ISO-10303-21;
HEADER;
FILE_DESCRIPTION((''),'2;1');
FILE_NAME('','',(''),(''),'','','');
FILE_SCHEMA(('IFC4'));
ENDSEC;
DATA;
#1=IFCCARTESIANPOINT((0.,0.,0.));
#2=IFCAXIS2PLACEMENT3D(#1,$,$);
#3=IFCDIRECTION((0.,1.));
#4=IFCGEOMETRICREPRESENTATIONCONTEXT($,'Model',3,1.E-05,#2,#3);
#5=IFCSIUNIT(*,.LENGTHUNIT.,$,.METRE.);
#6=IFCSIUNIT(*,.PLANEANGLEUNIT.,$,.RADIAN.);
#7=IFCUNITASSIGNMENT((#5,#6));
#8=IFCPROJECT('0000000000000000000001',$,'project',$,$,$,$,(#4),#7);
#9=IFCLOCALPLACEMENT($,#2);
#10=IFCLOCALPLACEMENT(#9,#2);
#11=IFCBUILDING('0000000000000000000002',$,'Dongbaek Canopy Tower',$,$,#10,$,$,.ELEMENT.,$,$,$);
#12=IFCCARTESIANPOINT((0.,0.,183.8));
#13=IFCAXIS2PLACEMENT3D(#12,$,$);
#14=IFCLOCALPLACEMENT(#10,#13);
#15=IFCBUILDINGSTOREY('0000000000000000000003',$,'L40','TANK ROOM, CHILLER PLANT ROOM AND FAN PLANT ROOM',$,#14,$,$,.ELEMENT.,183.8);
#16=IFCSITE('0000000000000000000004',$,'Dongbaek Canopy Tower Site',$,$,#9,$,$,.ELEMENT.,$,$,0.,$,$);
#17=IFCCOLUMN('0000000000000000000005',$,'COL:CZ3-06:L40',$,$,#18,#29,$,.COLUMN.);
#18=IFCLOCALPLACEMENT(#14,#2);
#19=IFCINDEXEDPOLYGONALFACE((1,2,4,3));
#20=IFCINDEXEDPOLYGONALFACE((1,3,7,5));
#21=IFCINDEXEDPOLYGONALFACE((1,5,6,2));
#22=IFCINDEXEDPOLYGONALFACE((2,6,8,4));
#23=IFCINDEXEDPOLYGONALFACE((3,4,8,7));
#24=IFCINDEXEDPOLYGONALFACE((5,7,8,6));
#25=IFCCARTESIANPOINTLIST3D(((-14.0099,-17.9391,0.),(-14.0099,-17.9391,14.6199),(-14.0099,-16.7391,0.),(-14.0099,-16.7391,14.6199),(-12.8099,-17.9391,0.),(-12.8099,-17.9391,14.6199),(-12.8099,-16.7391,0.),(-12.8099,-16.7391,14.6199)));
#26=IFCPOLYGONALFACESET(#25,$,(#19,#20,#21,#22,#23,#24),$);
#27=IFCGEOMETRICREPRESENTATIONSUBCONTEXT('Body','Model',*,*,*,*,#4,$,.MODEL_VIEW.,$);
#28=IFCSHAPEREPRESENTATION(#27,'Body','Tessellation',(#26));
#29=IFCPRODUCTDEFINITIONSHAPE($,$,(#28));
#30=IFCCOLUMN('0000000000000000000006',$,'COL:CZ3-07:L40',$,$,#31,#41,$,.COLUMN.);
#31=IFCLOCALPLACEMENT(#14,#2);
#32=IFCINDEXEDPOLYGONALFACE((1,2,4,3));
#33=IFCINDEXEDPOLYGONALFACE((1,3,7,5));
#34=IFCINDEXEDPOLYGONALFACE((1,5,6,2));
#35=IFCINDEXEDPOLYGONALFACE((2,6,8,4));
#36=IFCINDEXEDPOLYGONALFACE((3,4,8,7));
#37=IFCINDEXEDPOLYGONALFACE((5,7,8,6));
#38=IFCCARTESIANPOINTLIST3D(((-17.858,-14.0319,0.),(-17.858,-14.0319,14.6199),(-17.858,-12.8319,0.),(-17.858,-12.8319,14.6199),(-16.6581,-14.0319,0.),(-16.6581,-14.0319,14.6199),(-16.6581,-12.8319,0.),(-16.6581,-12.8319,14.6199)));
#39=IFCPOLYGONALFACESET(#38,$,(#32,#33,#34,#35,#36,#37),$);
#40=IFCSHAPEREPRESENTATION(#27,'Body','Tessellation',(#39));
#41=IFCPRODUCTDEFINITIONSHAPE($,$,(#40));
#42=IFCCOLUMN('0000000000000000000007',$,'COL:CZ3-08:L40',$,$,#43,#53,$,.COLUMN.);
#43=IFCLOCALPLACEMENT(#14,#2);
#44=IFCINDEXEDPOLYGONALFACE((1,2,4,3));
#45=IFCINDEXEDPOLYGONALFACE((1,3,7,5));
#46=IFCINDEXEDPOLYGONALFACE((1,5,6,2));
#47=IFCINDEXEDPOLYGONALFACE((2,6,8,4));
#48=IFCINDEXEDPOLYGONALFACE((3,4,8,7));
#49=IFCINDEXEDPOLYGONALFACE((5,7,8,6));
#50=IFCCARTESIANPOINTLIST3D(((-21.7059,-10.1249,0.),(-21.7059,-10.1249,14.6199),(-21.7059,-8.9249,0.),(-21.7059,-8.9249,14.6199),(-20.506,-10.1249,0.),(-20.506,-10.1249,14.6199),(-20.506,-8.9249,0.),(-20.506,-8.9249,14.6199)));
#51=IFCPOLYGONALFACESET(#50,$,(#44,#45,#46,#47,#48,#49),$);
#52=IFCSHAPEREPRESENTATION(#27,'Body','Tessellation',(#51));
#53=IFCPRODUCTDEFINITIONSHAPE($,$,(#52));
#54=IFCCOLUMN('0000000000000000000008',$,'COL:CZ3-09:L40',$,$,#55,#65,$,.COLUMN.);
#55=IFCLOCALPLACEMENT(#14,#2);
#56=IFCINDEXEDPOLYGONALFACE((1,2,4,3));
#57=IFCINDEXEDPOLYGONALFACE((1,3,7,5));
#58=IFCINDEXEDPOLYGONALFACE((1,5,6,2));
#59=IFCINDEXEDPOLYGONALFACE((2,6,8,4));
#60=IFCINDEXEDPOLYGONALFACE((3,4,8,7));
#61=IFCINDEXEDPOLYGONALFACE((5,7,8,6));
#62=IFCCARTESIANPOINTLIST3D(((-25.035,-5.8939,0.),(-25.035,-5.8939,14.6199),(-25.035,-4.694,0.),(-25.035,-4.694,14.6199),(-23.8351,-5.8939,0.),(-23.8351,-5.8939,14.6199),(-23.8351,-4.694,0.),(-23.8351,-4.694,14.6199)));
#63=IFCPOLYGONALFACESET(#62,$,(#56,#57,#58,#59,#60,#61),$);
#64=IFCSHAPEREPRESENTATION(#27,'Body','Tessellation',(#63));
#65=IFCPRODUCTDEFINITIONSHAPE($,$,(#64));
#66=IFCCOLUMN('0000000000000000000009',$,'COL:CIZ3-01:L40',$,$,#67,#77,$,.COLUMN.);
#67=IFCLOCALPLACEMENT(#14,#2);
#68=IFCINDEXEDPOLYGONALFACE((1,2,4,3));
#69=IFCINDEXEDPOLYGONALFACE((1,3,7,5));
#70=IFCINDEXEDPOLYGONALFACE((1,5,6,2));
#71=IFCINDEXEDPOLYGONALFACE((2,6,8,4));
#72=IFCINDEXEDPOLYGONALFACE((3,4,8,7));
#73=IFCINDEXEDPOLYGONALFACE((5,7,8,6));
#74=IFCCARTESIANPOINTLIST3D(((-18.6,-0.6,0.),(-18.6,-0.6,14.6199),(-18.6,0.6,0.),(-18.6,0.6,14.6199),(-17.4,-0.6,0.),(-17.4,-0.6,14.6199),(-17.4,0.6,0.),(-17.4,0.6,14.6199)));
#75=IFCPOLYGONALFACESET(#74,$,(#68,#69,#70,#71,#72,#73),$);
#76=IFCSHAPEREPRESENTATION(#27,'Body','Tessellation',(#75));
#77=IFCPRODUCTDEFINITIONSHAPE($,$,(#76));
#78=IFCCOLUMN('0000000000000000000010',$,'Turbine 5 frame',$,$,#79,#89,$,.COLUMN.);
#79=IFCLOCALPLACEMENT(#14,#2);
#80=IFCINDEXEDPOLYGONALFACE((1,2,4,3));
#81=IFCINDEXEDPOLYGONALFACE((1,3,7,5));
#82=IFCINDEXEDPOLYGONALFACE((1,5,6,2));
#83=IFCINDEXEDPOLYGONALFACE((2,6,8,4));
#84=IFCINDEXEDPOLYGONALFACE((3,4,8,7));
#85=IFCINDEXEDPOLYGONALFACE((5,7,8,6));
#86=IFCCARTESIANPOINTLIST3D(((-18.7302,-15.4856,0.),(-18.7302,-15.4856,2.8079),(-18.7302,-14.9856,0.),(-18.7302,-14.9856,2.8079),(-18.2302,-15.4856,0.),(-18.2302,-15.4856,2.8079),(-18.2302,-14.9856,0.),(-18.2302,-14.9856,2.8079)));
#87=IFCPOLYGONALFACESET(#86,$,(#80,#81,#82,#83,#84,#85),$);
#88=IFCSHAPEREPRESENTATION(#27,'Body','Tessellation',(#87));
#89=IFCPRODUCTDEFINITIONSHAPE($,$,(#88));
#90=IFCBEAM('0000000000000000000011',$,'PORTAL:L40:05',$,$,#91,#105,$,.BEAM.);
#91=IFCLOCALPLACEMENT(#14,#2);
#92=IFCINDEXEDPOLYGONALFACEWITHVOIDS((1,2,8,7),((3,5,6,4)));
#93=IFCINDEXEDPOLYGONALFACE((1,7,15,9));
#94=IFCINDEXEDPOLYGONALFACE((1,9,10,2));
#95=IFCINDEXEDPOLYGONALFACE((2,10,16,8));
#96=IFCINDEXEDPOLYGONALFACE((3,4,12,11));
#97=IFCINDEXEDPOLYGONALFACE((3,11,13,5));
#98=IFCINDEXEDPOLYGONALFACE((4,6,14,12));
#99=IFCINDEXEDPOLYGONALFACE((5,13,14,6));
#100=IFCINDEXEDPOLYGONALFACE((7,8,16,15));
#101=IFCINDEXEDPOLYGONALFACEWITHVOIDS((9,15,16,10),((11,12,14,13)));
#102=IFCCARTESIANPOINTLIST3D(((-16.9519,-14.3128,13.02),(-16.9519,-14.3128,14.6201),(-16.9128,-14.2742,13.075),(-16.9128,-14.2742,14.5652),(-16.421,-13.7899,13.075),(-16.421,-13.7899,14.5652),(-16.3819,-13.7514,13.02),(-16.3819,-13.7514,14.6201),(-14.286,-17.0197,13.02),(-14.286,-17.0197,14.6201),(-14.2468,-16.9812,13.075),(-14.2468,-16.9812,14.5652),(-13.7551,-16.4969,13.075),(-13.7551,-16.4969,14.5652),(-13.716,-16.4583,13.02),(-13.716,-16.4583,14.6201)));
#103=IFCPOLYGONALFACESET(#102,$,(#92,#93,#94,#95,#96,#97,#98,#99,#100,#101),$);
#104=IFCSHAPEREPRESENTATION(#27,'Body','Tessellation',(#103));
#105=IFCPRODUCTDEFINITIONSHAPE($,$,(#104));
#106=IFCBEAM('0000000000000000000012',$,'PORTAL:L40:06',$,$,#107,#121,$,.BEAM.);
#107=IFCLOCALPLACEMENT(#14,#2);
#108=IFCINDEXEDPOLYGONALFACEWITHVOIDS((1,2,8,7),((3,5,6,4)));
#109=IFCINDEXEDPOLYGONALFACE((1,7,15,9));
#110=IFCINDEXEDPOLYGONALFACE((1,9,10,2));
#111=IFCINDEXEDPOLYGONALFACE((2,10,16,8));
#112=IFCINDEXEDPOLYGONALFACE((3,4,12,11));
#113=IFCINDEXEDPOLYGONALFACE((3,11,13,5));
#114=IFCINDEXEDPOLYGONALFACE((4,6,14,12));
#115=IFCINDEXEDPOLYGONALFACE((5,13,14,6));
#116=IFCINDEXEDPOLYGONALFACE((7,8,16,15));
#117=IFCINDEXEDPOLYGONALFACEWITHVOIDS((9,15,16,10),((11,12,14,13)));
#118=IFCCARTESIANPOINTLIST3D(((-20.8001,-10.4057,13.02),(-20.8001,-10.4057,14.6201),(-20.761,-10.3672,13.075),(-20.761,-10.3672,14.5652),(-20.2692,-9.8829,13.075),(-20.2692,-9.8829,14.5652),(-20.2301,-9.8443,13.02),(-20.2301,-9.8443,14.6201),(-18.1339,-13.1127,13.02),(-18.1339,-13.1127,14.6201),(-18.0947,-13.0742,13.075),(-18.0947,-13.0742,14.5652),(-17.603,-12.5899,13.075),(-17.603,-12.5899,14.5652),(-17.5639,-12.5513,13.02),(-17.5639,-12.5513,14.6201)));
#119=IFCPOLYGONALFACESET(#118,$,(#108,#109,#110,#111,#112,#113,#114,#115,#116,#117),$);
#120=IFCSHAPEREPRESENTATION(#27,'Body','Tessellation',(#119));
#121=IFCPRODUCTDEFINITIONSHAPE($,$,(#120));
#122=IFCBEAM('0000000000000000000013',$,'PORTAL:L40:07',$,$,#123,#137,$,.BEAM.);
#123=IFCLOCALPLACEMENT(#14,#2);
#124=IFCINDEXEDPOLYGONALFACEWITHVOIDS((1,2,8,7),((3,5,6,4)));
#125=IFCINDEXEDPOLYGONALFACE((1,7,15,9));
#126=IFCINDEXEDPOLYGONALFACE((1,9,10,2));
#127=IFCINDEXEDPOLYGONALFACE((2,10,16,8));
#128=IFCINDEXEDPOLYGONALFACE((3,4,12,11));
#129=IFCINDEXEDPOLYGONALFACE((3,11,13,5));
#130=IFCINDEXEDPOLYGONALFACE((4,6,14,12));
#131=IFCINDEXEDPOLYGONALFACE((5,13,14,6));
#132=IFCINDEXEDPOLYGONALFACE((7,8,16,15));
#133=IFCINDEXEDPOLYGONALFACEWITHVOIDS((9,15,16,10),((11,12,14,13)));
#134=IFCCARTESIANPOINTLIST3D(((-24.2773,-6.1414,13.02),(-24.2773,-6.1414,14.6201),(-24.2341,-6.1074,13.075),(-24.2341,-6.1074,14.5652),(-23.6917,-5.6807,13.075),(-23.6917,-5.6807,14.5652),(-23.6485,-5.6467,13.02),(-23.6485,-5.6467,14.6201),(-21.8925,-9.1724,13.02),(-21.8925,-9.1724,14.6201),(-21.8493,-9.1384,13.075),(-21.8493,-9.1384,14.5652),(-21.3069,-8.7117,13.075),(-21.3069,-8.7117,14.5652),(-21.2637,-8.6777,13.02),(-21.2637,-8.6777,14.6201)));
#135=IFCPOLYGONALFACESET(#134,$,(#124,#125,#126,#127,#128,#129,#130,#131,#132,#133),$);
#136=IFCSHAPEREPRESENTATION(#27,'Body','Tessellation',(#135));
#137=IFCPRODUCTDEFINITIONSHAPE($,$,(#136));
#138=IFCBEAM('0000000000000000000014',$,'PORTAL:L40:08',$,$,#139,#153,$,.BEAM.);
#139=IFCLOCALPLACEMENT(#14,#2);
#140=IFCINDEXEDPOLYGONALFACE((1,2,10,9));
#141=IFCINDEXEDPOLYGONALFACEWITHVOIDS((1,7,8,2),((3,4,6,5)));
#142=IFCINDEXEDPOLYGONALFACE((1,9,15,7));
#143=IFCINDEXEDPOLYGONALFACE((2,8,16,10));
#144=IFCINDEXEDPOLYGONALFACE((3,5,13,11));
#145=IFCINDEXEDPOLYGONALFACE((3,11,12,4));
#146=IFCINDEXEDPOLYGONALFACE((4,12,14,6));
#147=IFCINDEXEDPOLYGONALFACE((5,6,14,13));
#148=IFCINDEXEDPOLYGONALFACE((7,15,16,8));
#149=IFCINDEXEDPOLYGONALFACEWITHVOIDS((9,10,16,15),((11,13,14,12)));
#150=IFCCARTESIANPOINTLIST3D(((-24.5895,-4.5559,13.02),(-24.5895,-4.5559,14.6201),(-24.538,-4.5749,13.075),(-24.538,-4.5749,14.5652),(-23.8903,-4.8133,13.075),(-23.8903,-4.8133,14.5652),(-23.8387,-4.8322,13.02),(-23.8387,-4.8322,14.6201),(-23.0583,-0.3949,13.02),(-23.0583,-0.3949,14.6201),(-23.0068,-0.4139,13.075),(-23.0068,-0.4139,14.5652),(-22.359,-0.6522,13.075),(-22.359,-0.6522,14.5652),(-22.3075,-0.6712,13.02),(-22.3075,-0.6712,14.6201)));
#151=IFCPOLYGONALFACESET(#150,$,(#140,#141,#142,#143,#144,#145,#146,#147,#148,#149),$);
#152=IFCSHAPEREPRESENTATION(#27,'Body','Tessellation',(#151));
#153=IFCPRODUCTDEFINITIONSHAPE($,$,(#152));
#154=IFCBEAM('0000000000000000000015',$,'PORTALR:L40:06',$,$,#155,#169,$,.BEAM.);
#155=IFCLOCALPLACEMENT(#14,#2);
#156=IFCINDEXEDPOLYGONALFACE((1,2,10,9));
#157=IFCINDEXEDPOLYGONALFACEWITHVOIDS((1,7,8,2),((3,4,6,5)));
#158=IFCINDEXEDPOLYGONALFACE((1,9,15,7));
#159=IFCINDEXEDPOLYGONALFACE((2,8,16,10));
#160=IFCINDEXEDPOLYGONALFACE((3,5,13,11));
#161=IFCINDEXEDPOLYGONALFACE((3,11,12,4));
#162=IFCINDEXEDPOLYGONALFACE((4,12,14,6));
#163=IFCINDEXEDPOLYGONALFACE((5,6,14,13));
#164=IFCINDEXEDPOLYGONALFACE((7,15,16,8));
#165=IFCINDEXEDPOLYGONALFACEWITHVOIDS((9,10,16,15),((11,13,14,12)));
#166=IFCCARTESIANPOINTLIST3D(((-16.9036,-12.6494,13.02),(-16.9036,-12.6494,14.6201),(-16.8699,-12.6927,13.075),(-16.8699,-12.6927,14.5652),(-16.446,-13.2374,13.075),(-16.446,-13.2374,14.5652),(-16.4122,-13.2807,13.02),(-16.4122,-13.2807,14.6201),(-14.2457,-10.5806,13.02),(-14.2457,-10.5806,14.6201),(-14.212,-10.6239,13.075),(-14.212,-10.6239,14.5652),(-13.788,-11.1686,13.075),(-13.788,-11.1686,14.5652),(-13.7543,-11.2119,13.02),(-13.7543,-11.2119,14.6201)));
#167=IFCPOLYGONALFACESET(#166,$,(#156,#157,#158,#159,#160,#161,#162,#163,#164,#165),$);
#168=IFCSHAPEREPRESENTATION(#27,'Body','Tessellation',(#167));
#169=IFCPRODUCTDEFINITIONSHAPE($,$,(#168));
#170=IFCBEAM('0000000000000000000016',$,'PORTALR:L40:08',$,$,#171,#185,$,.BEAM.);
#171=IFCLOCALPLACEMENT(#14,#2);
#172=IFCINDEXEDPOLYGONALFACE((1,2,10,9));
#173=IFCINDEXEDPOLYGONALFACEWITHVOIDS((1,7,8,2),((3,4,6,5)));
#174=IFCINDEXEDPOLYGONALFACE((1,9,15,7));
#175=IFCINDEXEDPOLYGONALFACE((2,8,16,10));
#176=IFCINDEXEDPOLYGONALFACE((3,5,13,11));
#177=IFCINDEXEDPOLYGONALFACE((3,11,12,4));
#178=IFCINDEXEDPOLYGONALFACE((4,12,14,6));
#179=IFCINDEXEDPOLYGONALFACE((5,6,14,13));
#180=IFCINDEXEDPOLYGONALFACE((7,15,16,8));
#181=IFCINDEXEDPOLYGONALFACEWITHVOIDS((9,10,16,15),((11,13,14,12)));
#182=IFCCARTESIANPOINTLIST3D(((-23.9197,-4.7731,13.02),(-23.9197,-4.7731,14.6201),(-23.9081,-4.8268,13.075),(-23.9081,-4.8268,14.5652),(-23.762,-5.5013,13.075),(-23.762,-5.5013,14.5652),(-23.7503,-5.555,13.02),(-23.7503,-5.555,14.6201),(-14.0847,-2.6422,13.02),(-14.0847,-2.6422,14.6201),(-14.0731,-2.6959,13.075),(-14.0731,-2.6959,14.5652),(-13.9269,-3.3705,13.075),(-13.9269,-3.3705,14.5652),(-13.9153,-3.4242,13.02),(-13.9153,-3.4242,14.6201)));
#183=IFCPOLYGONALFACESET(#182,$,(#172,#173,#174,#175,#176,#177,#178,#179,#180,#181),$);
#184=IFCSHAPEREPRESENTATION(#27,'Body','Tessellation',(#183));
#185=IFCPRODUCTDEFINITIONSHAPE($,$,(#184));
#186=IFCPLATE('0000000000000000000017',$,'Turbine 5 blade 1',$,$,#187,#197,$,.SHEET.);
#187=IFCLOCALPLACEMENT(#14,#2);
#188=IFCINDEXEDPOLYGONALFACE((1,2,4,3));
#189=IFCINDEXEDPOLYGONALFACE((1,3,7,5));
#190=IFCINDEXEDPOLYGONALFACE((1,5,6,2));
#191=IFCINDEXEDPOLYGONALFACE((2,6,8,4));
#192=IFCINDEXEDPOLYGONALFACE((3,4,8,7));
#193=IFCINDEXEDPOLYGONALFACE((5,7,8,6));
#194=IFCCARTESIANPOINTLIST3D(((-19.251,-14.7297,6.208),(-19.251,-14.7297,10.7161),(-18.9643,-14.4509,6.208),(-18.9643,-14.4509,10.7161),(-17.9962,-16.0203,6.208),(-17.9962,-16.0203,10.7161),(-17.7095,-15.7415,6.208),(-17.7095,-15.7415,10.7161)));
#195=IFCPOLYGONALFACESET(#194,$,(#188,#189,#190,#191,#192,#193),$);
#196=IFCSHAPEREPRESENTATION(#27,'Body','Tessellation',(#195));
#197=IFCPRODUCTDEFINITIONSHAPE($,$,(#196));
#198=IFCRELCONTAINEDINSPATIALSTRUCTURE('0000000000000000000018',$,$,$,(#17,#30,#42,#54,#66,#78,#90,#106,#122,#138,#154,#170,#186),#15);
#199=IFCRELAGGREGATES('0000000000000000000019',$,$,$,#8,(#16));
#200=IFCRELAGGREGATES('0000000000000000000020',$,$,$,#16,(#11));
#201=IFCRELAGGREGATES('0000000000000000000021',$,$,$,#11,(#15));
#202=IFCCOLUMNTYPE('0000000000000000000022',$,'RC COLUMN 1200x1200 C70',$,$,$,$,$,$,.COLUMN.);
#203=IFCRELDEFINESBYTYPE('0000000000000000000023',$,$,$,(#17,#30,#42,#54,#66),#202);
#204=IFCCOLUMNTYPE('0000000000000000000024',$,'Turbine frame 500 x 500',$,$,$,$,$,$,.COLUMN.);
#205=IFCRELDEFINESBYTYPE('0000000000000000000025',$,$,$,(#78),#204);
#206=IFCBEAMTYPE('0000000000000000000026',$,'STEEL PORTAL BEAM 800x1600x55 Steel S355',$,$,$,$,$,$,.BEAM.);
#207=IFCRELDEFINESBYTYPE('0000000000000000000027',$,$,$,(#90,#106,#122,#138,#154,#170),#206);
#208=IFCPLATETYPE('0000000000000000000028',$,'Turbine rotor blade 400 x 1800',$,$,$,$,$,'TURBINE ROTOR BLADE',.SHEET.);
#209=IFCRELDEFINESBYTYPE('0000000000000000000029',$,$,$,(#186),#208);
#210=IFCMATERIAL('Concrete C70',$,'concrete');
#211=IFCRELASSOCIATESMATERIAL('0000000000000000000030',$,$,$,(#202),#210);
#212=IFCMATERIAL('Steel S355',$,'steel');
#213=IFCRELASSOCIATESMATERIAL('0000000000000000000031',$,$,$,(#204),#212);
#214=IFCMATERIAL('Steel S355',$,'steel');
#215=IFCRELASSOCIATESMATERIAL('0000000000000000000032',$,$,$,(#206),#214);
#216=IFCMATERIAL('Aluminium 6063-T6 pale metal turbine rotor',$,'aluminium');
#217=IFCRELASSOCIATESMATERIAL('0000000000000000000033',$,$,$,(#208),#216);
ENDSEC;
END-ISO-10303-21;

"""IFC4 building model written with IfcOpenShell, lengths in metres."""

from ifc_helpers import new_model, si_unit, direction, frame, origin, origin_2d, place, context, subcontext, project, spatial, rectangle, hollow_rectangle, extrude, material, material_profile, profile_set, type_object, element, save


model = new_model("IFC4")

# Units and contexts
model_context = context("Model", 3, precision=1e-05, world=origin(), true_north=direction((0.0, 1.0)))
body_context = subcontext(model_context, "Body", "Model", "MODEL_VIEW")
ifc_project = project(units=[si_unit("LENGTHUNIT", "METRE"), si_unit("PLANEANGLEUNIT", "RADIAN")], contexts=[model_context])

# Site, building, storey
site_placement = place(None, origin())
site = spatial("IfcSite", under=ifc_project, at=site_placement, Name="Dongbaek Canopy Tower Site", CompositionType="ELEMENT", RefElevation=0.0)
building_placement = place(site_placement, origin())
building = spatial("IfcBuilding", under=site, at=building_placement, Name="Dongbaek Canopy Tower", CompositionType="ELEMENT")
storey_placement = place(building_placement, frame((0.0, 0.0, 183.8)))
storey = spatial("IfcBuildingStorey", under=building, at=storey_placement, Name="L40", Description="TANK ROOM, CHILLER PLANT ROOM AND FAN PLANT ROOM", CompositionType="ELEMENT", Elevation=183.8)

# Columns
ifc_material_1 = material(Name="Concrete C70", Category="concrete")
ifc_material_profile_1 = material_profile(ifc_material_1, rectangle(XDim=1.2, YDim=1.2, at=origin_2d()), Name="RC COLUMN 1200x1200 C70")
ifc_profile_set_1 = profile_set([ifc_material_profile_1], Name="Concrete C70")
column_type_1 = type_object("IfcColumnType", Name="RC COLUMN 1200x1200 C70", PredefinedType="COLUMN", material=ifc_profile_set_1)
for number, where, z_axis, x_axis, name in (
    (1, (-13.4099, -17.3391, 0.0), (0.0, 0.0, 1.0), (1.0, 0.0, 0.0), "COL:CZ3-06:L40"),
    (2, (-17.2581, -13.4319, 0.0), (0.0, 0.0, 1.0), (1.0, 0.0, 0.0), "COL:CZ3-07:L40"),
    (3, (-21.106, -9.5249, 0.0), (0.0, 0.0, 1.0), (1.0, 0.0, 0.0), "COL:CZ3-08:L40"),
    (4, (-24.4351, -5.2939, 0.0), (0.0, 0.0, 1.0), (1.0, 0.0, 0.0), "COL:CZ3-09:L40"),
    (5, (-18.0, 0.0, 0.0), (0.0, 0.0, 1.0), (1.0, 0.0, 0.0), "COL:CIZ3-01:L40"),
):
    element("IfcColumn", number, at=place(storey_placement, frame(where, z_axis=z_axis, x_axis=x_axis)), inside=storey, type_object=column_type_1, Name=name, PredefinedType="COLUMN", context=body_context, shape_type="SweptSolid", body=[
        extrude(rectangle(XDim=1.2, YDim=1.2, at=origin_2d()), origin(), (0.0, 0.0, 1.0), 14.6199),
    ])
ifc_material_2 = material(Name="Steel S355", Category="steel")
ifc_material_profile_2 = material_profile(ifc_material_2, rectangle(XDim=0.5, YDim=0.5, at=origin_2d()), Name="Turbine frame 500 x 500")
ifc_profile_set_2 = profile_set([ifc_material_profile_2], Name="Steel S355")
column_type_2 = type_object("IfcColumnType", Name="Turbine frame 500 x 500", PredefinedType="COLUMN", material=ifc_profile_set_2)
column_placement = place(storey_placement, frame((-18.4802, -15.2356, 0.0), z_axis=(0.0, 0.0, 1.0), x_axis=(1.0, 0.0, 0.0)))
element("IfcColumn", 6, at=column_placement, inside=storey, type_object=column_type_2, Name="Turbine 5 frame", PredefinedType="COLUMN", context=body_context, shape_type="SweptSolid", body=[
    extrude(rectangle(XDim=0.5, YDim=0.5, at=origin_2d()), origin(), (0.0, 0.0, 1.0), 2.8079),
])

# Beams
ifc_material_3 = material(Name="Steel S355", Category="steel")
ifc_material_profile_3 = material_profile(ifc_material_3, hollow_rectangle(XDim=0.8, YDim=1.6001, WallThickness=0.0549, at=origin_2d()), Name="STEEL PORTAL BEAM 800x1600x55 Steel S355")
ifc_profile_set_3 = profile_set([ifc_material_profile_3], Name="Steel S355")
beam_type = type_object("IfcBeamType", Name="STEEL PORTAL BEAM 800x1600x55 Steel S355", PredefinedType="BEAM", material=ifc_profile_set_3)
beam_1_placement = place(storey_placement, frame((-14.001, -16.739, 13.8201), z_axis=(-0.701689, 0.712484, 0.0), x_axis=(-0.712484, -0.701689, 0.0)))
element("IfcBeam", 7, at=beam_1_placement, inside=storey, type_object=beam_type, Name="PORTAL:L40:05", PredefinedType="BEAM", context=body_context, shape_type="SweptSolid", body=[
    extrude(hollow_rectangle(XDim=0.8, YDim=1.6001, WallThickness=0.0549, at=origin_2d()), origin(), (0.0, 0.0, 1.0), 3.7993),
])
beam_2_placement = place(storey_placement, frame((-17.8489, -12.832, 13.8201), z_axis=(-0.701721, 0.712452, 0.0), x_axis=(-0.712452, -0.701721, 0.0)))
element("IfcBeam", 8, at=beam_2_placement, inside=storey, type_object=beam_type, Name="PORTAL:L40:06", PredefinedType="BEAM", context=body_context, shape_type="SweptSolid", body=[
    extrude(hollow_rectangle(XDim=0.8, YDim=1.6001, WallThickness=0.0549, at=origin_2d()), origin(), (0.0, 0.0, 1.0), 3.7996),
])
beam_3_placement = place(storey_placement, frame((-21.5781, -8.925, 13.8201), z_axis=(-0.618344, 0.785907, 0.0), x_axis=(-0.785907, -0.618344, 0.0)))
element("IfcBeam", 9, at=beam_3_placement, inside=storey, type_object=beam_type, Name="PORTAL:L40:07", PredefinedType="BEAM", context=body_context, shape_type="SweptSolid", body=[
    extrude(hollow_rectangle(XDim=0.8, YDim=1.6001, WallThickness=0.0549, at=origin_2d()), origin(), (0.0, 0.0, 1.0), 3.8567),
])
beam_4_placement = place(storey_placement, frame((-24.2141, -4.6941, 13.8201), z_axis=(0.345348, 0.938475, 0.0), x_axis=(-0.938475, 0.345348, 0.0)))
element("IfcBeam", 10, at=beam_4_placement, inside=storey, type_object=beam_type, Name="PORTAL:L40:08", PredefinedType="BEAM", context=body_context, shape_type="SweptSolid", body=[
    extrude(hollow_rectangle(XDim=0.8, YDim=1.6001, WallThickness=0.0549, at=origin_2d()), origin(), (0.0, 0.0, 1.0), 4.4338),
])
beam_5_placement = place(storey_placement, frame((-14.0, -10.8962, 13.8201), z_axis=(-0.78913, -0.614227, 0.0), x_axis=(0.614227, -0.78913, 0.0)))
element("IfcBeam", 11, at=beam_5_placement, inside=storey, type_object=beam_type, Name="PORTALR:L40:06", PredefinedType="BEAM", context=body_context, shape_type="SweptSolid", body=[
    extrude(hollow_rectangle(XDim=0.8, YDim=1.6001, WallThickness=0.0549, at=origin_2d()), origin(), (0.0, 0.0, 1.0), 3.3682),
])
beam_6_placement = place(storey_placement, frame((-14.0, -3.0332, 13.8201), z_axis=(-0.977324, -0.211749, 0.0), x_axis=(0.211749, -0.977324, 0.0)))
element("IfcBeam", 12, at=beam_6_placement, inside=storey, type_object=beam_type, Name="PORTALR:L40:08", PredefinedType="BEAM", context=body_context, shape_type="SweptSolid", body=[
    extrude(hollow_rectangle(XDim=0.8, YDim=1.6001, WallThickness=0.0549, at=origin_2d()), origin(), (0.0, 0.0, 1.0), 10.0632),
])

# Plate
ifc_material_4 = material(Name="Aluminium 6063-T6 pale metal turbine rotor", Category="aluminium")
ifc_material_profile_4 = material_profile(ifc_material_4, rectangle(XDim=0.3999, YDim=1.8, at=origin_2d()), Name="Turbine rotor blade 400 x 1800")
ifc_profile_set_4 = profile_set([ifc_material_profile_4], Name="Aluminium 6063-T6 pale metal turbine rotor")
plate_type = type_object("IfcPlateType", Name="Turbine rotor blade 400 x 1800", ElementType="TURBINE ROTOR BLADE", PredefinedType="SHEET", material=ifc_profile_set_4)
plate_placement = place(storey_placement, frame((-18.4802, -15.2356, 6.208), z_axis=(0.0, 0.0, 1.0), x_axis=(-0.71698, -0.697094, 0.0)))
element("IfcPlate", 13, at=plate_placement, inside=storey, type_object=plate_type, Name="Turbine 5 blade 1", PredefinedType="SHEET", context=body_context, shape_type="SweptSolid", body=[
    extrude(rectangle(XDim=0.3999, YDim=1.8, at=origin_2d()), origin(), (0.0, 0.0, 1.0), 4.5081),
])

save(model, "model.ifc")
